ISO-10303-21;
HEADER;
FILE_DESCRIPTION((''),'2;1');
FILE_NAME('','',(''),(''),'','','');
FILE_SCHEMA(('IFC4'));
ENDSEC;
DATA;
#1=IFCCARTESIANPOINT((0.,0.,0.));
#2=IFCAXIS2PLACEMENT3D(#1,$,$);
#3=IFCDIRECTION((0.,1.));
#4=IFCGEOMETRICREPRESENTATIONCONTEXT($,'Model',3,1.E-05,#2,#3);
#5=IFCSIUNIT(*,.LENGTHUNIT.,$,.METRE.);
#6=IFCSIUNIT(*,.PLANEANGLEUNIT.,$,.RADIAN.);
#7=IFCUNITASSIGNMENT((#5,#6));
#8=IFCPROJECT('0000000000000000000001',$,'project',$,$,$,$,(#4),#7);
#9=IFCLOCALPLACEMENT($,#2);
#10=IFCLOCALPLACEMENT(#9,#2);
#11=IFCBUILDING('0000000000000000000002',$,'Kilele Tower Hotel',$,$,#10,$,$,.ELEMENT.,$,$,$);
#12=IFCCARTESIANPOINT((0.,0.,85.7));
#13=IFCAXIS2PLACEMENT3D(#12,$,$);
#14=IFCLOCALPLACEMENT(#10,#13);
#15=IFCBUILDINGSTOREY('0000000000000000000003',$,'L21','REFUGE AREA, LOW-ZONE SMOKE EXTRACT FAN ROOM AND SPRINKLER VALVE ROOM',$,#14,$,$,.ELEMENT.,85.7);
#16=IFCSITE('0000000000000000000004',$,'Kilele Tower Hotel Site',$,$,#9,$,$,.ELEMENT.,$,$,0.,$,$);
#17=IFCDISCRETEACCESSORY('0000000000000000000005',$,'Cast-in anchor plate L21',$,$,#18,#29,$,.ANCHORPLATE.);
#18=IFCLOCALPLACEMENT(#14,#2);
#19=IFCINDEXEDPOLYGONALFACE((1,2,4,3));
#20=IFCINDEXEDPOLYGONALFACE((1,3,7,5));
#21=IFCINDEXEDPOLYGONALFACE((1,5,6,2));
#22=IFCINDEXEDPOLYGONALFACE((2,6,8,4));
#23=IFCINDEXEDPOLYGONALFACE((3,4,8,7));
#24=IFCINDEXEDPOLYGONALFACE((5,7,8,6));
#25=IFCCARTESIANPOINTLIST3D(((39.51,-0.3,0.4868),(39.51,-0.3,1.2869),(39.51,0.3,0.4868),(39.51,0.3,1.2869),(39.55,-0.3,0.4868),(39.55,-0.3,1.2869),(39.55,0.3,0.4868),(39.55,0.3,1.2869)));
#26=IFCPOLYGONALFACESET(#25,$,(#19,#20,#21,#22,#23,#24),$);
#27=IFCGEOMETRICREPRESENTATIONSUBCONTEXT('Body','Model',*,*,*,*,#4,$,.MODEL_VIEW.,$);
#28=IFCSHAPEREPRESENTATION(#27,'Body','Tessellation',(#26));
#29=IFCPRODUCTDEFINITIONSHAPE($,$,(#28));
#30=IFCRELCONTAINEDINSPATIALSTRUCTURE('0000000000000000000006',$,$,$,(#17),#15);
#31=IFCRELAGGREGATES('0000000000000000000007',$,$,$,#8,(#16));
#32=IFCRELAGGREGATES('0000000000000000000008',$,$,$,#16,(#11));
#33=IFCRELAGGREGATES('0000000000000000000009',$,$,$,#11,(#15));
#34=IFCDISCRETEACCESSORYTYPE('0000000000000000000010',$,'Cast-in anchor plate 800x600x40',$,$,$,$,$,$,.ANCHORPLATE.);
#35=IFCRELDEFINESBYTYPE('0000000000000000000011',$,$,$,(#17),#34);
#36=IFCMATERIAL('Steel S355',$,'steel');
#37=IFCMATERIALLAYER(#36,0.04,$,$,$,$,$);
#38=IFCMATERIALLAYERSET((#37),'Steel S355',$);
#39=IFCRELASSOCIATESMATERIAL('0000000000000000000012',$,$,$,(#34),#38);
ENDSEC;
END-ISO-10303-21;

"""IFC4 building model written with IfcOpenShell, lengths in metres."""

from ifc_helpers import new_model, si_unit, direction, frame, origin, place, context, subcontext, project, spatial, polyline, outline, extrude, source, transform, mapped, material, layer, layer_set, type_object, element, save


model = new_model("IFC4")

# Units and contexts
model_context = context("Model", 3, precision=1e-05, world=origin(), true_north=direction((0.0, 1.0)))
body_context = subcontext(model_context, "Body", "Model", "MODEL_VIEW")
ifc_project = project(units=[si_unit("LENGTHUNIT", "METRE"), si_unit("PLANEANGLEUNIT", "RADIAN")], contexts=[model_context])

# Site, building, storey
site_placement = place(None, origin())
site = spatial("IfcSite", under=ifc_project, at=site_placement, Name="Kilele Tower Hotel Site", CompositionType="ELEMENT", RefElevation=0.0)
building_placement = place(site_placement, origin())
building = spatial("IfcBuilding", under=site, at=building_placement, Name="Kilele Tower Hotel", CompositionType="ELEMENT")
storey_placement = place(building_placement, frame((0.0, 0.0, 85.7)))
storey = spatial("IfcBuildingStorey", under=building, at=storey_placement, Name="L21", Description="REFUGE AREA, LOW-ZONE SMOKE EXTRACT FAN ROOM AND SPRINKLER VALVE ROOM", CompositionType="ELEMENT", Elevation=85.7)

# Discrete accessory
ifc_material_1 = material(Name="Steel S355", Category="steel")
ifc_layer_1 = layer(ifc_material_1, 0.04)
ifc_layer_set_1 = layer_set([ifc_layer_1], Name="Steel S355")
discrete_accessory_type_1 = type_object("IfcDiscreteAccessoryType", Name="Cast-in anchor plate 800x600x40", PredefinedType="ANCHORPLATE", material=ifc_layer_set_1)
shared_shape_1 = source(origin(), body_context, "Body", "SweptSolid", [
    extrude(outline(polyline([(0.0, 0.0), (0.04, 0.0), (0.04, 0.8), (0.0, 0.8), (0.0, 0.0)])), origin(), (0.0, 0.0, 1.0), 0.6001),
])
for number, where, z_axis, x_axis, name in (
    (1, (39.55, -0.3, 0.4868), (0.0, 1.0, 0.0), (-1.0, 0.0, 0.0), "Cast-in anchor plate L21"),
):
    element("IfcDiscreteAccessory", number, at=place(storey_placement, frame(where, z_axis=z_axis, x_axis=x_axis)), inside=storey, type_object=discrete_accessory_type_1, Name=name, PredefinedType="ANCHORPLATE", context=body_context, shape_type="MappedRepresentation", body=[
        mapped(shared_shape_1, transform((0.0, 0.0, 0.0))),
    ])

save(model, "model.ifc")
